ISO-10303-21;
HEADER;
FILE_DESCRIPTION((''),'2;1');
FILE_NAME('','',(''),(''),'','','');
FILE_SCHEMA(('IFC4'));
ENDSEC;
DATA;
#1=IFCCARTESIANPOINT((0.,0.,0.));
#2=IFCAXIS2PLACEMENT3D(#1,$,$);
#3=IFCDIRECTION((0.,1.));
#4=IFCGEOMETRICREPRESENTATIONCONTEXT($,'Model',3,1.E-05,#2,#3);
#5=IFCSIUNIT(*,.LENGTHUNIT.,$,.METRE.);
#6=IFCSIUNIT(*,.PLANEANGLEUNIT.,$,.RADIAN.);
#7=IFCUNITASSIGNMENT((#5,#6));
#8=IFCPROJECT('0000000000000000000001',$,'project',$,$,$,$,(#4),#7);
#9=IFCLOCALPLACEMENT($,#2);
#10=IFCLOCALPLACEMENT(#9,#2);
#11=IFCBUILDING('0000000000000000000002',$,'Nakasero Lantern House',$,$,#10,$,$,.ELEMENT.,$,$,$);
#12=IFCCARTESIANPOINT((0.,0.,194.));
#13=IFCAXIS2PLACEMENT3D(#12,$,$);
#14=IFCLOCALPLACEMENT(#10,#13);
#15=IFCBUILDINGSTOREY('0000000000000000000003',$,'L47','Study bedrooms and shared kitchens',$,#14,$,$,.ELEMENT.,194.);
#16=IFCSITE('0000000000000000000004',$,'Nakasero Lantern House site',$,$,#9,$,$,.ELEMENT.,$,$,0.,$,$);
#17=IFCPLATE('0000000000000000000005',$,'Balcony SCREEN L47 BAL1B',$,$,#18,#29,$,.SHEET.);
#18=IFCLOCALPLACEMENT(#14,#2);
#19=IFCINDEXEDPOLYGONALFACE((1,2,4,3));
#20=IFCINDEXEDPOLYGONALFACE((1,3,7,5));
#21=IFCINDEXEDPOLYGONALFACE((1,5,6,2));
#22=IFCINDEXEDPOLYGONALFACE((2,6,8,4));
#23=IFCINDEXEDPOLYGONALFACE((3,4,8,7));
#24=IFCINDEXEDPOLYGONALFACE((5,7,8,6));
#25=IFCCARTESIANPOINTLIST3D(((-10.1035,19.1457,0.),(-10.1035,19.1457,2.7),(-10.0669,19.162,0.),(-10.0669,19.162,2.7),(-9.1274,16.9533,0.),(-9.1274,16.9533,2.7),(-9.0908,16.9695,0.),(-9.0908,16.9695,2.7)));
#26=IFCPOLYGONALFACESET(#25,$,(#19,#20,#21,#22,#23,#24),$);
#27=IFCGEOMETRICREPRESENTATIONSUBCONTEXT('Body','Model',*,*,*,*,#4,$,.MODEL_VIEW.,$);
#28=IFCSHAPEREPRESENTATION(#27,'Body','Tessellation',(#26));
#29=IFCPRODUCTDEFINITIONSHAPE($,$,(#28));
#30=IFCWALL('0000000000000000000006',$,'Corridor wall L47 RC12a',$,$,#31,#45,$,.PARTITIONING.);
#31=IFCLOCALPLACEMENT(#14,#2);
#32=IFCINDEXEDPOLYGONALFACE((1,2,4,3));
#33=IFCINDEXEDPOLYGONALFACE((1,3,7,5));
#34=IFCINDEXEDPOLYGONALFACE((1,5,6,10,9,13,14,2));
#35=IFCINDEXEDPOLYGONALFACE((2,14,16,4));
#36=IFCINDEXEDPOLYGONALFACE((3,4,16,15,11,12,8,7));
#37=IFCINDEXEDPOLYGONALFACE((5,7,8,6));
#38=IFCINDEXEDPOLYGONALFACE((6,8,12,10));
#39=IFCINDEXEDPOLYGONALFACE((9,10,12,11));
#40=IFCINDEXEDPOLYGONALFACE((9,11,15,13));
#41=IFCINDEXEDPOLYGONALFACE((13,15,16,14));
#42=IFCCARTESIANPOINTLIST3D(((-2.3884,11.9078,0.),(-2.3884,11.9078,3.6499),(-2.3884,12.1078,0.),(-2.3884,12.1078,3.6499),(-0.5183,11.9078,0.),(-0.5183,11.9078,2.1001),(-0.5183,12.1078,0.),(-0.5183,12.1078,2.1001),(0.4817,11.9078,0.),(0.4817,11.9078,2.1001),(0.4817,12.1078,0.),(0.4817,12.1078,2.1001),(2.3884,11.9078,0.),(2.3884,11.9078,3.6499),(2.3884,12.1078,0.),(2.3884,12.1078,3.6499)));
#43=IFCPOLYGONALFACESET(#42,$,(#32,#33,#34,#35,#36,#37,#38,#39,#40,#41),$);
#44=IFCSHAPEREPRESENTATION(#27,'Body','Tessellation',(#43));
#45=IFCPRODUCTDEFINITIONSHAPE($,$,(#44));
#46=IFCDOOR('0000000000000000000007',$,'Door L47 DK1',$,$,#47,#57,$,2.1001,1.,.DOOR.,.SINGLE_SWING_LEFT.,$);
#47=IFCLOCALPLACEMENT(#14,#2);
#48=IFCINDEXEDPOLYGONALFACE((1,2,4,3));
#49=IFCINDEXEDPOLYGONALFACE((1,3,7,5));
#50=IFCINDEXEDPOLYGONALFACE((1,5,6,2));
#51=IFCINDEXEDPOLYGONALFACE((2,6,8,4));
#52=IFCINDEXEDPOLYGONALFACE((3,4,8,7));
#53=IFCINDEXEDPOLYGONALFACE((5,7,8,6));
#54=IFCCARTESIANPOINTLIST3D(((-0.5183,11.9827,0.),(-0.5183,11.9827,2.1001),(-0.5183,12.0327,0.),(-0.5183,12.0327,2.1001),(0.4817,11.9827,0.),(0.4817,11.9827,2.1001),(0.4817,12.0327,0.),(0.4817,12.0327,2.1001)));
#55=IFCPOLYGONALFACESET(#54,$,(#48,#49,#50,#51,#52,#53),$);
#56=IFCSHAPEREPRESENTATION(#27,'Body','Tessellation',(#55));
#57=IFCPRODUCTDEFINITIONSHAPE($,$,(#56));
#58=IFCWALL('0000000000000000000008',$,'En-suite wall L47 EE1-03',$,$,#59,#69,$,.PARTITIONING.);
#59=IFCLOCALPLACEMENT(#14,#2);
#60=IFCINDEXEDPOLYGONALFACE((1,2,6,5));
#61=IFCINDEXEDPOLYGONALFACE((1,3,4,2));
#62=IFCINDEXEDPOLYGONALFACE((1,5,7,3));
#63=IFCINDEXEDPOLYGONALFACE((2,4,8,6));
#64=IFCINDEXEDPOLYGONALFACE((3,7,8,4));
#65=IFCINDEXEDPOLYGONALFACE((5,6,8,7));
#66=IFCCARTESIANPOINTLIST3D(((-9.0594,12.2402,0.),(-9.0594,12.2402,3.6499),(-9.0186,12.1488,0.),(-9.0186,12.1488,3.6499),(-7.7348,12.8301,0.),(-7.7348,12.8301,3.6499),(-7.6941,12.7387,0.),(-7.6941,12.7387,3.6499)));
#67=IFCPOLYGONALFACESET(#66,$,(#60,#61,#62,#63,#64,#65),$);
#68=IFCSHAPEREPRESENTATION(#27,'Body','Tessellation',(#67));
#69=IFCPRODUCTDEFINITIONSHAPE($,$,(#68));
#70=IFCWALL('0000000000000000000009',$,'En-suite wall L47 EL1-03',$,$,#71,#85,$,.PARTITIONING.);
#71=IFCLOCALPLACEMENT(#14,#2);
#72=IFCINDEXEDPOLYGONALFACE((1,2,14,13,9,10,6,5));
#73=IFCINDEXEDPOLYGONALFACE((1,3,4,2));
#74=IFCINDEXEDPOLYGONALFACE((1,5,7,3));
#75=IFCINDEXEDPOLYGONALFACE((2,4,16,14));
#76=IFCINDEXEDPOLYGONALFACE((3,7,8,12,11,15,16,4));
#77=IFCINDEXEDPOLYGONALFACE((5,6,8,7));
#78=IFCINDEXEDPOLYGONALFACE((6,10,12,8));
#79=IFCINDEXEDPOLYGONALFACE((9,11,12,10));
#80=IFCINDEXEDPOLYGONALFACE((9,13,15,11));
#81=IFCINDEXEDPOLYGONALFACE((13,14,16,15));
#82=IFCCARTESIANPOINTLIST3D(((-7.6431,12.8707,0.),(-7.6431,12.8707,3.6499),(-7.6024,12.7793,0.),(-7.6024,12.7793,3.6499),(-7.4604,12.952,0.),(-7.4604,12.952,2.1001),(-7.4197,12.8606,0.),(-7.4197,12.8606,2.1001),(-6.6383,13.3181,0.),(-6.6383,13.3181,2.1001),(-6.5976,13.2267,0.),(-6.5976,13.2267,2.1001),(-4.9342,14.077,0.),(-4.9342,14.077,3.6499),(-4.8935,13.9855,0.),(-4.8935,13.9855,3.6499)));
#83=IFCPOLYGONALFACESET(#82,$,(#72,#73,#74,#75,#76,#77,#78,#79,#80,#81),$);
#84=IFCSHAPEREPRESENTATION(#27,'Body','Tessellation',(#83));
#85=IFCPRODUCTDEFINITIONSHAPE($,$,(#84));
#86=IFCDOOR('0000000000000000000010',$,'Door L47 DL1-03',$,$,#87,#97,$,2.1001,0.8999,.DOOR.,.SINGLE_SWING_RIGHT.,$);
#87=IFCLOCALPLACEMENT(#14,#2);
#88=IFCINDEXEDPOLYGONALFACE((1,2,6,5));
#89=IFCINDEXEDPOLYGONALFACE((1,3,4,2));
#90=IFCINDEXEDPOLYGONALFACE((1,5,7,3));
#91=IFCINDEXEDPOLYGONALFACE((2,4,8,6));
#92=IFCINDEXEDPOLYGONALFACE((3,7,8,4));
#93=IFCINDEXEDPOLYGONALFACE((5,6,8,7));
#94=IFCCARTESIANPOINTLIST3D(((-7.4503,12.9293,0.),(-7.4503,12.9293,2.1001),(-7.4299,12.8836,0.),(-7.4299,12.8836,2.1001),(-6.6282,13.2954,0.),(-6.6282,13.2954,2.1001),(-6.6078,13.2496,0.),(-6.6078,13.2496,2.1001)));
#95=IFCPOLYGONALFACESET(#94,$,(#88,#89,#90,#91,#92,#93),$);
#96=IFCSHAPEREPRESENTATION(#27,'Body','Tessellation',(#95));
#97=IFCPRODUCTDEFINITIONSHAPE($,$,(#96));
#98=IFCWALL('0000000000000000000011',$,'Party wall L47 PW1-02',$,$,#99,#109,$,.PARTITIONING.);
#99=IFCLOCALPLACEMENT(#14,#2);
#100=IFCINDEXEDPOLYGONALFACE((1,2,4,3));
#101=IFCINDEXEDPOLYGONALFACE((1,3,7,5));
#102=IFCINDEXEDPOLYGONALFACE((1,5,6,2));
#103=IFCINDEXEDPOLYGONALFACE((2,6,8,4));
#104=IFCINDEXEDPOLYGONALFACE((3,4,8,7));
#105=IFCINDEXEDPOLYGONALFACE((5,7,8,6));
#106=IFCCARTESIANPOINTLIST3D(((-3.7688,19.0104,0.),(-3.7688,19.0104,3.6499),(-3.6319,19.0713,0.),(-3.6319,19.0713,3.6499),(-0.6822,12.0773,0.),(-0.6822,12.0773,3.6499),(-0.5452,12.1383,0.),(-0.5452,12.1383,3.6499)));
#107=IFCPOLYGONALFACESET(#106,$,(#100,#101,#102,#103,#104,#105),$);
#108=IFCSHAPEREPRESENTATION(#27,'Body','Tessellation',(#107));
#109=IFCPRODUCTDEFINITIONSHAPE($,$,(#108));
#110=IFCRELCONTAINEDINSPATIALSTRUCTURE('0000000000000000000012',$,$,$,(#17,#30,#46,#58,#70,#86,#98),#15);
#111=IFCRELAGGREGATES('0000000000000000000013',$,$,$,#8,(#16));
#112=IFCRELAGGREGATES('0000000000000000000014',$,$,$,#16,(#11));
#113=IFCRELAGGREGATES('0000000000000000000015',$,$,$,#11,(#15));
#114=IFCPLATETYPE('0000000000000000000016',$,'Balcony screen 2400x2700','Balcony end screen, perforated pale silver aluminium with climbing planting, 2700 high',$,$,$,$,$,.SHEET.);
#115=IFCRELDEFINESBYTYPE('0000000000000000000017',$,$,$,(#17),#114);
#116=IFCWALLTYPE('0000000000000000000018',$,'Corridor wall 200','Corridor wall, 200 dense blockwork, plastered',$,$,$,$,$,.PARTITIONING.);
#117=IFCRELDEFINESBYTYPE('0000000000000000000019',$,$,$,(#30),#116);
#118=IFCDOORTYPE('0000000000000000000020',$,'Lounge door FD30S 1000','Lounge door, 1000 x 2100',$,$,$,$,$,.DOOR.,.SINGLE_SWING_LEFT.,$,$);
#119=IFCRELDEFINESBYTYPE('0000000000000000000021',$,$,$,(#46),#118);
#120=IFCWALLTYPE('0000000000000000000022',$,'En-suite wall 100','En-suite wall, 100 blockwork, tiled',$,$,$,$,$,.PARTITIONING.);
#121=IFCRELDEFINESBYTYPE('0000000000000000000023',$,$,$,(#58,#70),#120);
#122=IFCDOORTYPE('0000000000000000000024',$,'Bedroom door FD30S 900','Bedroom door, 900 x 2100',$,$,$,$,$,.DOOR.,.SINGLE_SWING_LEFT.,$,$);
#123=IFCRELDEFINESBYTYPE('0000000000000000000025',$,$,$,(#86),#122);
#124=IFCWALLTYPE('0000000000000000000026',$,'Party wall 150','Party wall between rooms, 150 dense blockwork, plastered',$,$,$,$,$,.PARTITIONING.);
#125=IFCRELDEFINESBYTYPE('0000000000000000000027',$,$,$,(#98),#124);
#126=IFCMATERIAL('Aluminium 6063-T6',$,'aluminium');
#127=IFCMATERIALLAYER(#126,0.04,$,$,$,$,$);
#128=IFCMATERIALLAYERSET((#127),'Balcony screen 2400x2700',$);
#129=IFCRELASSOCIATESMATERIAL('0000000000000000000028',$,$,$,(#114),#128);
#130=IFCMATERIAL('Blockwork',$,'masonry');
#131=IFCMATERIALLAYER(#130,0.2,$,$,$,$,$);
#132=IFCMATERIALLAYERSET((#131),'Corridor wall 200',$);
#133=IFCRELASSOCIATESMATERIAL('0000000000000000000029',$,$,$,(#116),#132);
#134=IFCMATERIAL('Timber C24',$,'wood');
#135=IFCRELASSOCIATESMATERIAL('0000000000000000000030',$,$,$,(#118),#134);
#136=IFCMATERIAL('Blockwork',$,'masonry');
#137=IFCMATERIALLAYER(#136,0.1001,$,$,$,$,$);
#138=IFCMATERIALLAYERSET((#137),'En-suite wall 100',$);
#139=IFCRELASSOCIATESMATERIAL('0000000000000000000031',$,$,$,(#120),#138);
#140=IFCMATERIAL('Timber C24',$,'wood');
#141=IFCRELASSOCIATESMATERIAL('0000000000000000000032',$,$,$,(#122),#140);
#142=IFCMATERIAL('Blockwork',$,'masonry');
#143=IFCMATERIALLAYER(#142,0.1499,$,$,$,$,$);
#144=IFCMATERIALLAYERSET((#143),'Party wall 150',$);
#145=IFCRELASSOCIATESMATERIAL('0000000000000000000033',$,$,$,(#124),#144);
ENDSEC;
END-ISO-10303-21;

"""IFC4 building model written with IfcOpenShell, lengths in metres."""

from ifc_helpers import new_model, si_unit, direction, frame, frame_2d, origin, origin_2d, place, context, subcontext, project, spatial, rectangle, extrude, material, layer, layer_set, type_object, element, fill, save


model = new_model("IFC4")

# Units and contexts
model_context = context("Model", 3, precision=1e-05, world=origin(), true_north=direction((0.0, 1.0)))
body_context = subcontext(model_context, "Body", "Model", "MODEL_VIEW")
ifc_project = project(units=[si_unit("LENGTHUNIT", "METRE"), si_unit("PLANEANGLEUNIT", "RADIAN")], contexts=[model_context])

# Site, building, storey
site_placement = place(None, origin())
site = spatial("IfcSite", under=ifc_project, at=site_placement, Name="Nakasero Lantern House site", CompositionType="ELEMENT", RefElevation=0.0)
building_placement = place(site_placement, origin())
building = spatial("IfcBuilding", under=site, at=building_placement, Name="Nakasero Lantern House", CompositionType="ELEMENT")
storey_placement = place(building_placement, frame((0.0, 0.0, 194.0)))
storey = spatial("IfcBuildingStorey", under=building, at=storey_placement, Name="L47", Description="Study bedrooms and shared kitchens", CompositionType="ELEMENT", Elevation=194.0)

# Plate
ifc_material_1 = material(Name="Aluminium 6063-T6", Category="aluminium")
ifc_layer_1 = layer(ifc_material_1, 0.04)
ifc_layer_set_1 = layer_set([ifc_layer_1], Name="Balcony screen 2400x2700")
plate_type_1 = type_object("IfcPlateType", Name="Balcony screen 2400x2700", Description="Balcony end screen, perforated pale silver aluminium with climbing planting, 2700 high", PredefinedType="SHEET", material=ifc_layer_set_1)
for number, where, z_axis, x_axis, name in (
    (1, (-9.5972, 18.0576, 0.0), (0.0, 0.0, 1.0), (-0.406737, 0.913545, 0.0), "Balcony SCREEN L47 BAL1B"),
):
    element("IfcPlate", number, at=place(storey_placement, frame(where, z_axis=z_axis, x_axis=x_axis)), inside=storey, type_object=plate_type_1, Name=name, PredefinedType="SHEET", context=body_context, shape_type="SweptSolid", body=[
        extrude(rectangle(XDim=2.3999, YDim=0.04, at=origin_2d()), origin(), (0.0, 0.0, 1.0), 2.7),
    ])

# Wall, opening, door
ifc_material_2 = material(Name="Blockwork", Category="masonry")
ifc_layer_2 = layer(ifc_material_2, 0.2)
ifc_layer_set_2 = layer_set([ifc_layer_2], Name="Corridor wall 200")
wall_type_1 = type_object("IfcWallType", Name="Corridor wall 200", Description="Corridor wall, 200 dense blockwork, plastered", PredefinedType="PARTITIONING", material=ifc_layer_set_2)
wall_1_placement = place(storey_placement, frame((-2.3884, 12.0078, 0.0), z_axis=(0.0, 0.0, 1.0), x_axis=(1.0, 0.0, 0.0)))
wall_1 = element("IfcWall", 2, at=wall_1_placement, inside=storey, type_object=wall_type_1, Name="Corridor wall L47 RC12a", PredefinedType="PARTITIONING", context=body_context, shape_type="SweptSolid", body=[
    extrude(rectangle(XDim=4.7769, YDim=0.2, at=frame_2d((2.3884, 0.0))), origin(), (0.0, 0.0, 1.0), 3.6499),
])
opening_1_placement = place(wall_1_placement, frame((1.8701, 0.0, 0.0)))
opening_1 = element("IfcOpeningElement", 3, at=opening_1_placement, cuts=wall_1, PredefinedType="OPENING", context=body_context, shape_type="SweptSolid", body=[
    extrude(rectangle(XDim=1.0, YDim=2.1001, at=frame_2d((0.5, 1.05))), frame((0.0, 0.1199, 0.0), z_axis=(0.0, -1.0, 0.0), x_axis=(1.0, 0.0, 0.0)), (0.0, 0.0, 1.0), 0.24),
])
ifc_material_3 = material(Name="Timber C24", Category="wood")
door_type_1 = type_object("IfcDoorType", Name="Lounge door FD30S 1000", Description="Lounge door, 1000 x 2100", OperationType="SINGLE_SWING_LEFT", PredefinedType="DOOR", material=ifc_material_3)
door_1_placement = place(opening_1_placement, origin())
door_1 = element("IfcDoor", 4, at=door_1_placement, inside=storey, type_object=door_type_1, Name="Door L47 DK1", OperationType="SINGLE_SWING_LEFT", OverallHeight=2.1001, OverallWidth=1.0, PredefinedType="DOOR", context=body_context, shape_type="SweptSolid", body=[
    extrude(rectangle(XDim=1.0, YDim=2.1001, at=frame_2d((0.5, 1.05))), frame((0.0, 0.0249, 0.0), z_axis=(0.0, -1.0, 0.0), x_axis=(1.0, 0.0, 0.0)), (0.0, 0.0, 1.0), 0.05),
])
fill(opening_1, door_1)

# Wall
ifc_material_4 = material(Name="Blockwork", Category="masonry")
ifc_layer_3 = layer(ifc_material_4, 0.1001)
ifc_layer_set_3 = layer_set([ifc_layer_3], Name="En-suite wall 100")
wall_type_2 = type_object("IfcWallType", Name="En-suite wall 100", Description="En-suite wall, 100 blockwork, tiled", PredefinedType="PARTITIONING", material=ifc_layer_set_3)
wall_2_placement = place(storey_placement, frame((-7.7144, 12.7844, 0.0), z_axis=(0.0, 0.0, 1.0), x_axis=(-0.913506, -0.406826, 0.0)))
element("IfcWall", 5, at=wall_2_placement, inside=storey, type_object=wall_type_2, Name="En-suite wall L47 EE1-03", PredefinedType="PARTITIONING", context=body_context, shape_type="SweptSolid", body=[
    extrude(rectangle(XDim=1.45, YDim=0.1001, at=frame_2d((0.7251, 0.0))), origin(), (0.0, 0.0, 1.0), 3.6499),
])

# Wall, opening, door
wall_3_placement = place(storey_placement, frame((-4.9138, 14.0312, 0.0), z_axis=(0.0, 0.0, 1.0), x_axis=(-0.913523, -0.406788, 0.0)))
wall_3 = element("IfcWall", 6, at=wall_3_placement, inside=storey, type_object=wall_type_2, Name="En-suite wall L47 EL1-03", PredefinedType="PARTITIONING", context=body_context, shape_type="SweptSolid", body=[
    extrude(rectangle(XDim=2.9653, YDim=0.1001, at=frame_2d((1.4827, 0.0))), origin(), (0.0, 0.0, 1.0), 3.6499),
])
opening_2_placement = place(wall_3_placement, frame((1.8655, 0.0, 0.0)))
opening_2 = element("IfcOpeningElement", 7, at=opening_2_placement, cuts=wall_3, PredefinedType="OPENING", context=body_context, shape_type="SweptSolid", body=[
    extrude(rectangle(XDim=0.8999, YDim=2.1001, at=frame_2d((0.45, 1.05))), frame((0.0, 0.0701, 0.0), z_axis=(0.0, -1.0, 0.0), x_axis=(1.0, 0.0, 0.0)), (0.0, 0.0, 1.0), 0.1401),
])
ifc_material_5 = material(Name="Timber C24", Category="wood")
door_type_2 = type_object("IfcDoorType", Name="Bedroom door FD30S 900", Description="Bedroom door, 900 x 2100", OperationType="SINGLE_SWING_LEFT", PredefinedType="DOOR", material=ifc_material_5)
door_2_placement = place(opening_2_placement, origin())
door_2 = element("IfcDoor", 8, at=door_2_placement, inside=storey, type_object=door_type_2, Name="Door L47 DL1-03", OperationType="SINGLE_SWING_RIGHT", OverallHeight=2.1001, OverallWidth=0.8999, PredefinedType="DOOR", context=body_context, shape_type="SweptSolid", body=[
    extrude(rectangle(XDim=0.8999, YDim=2.1001, at=frame_2d((0.45, 1.05))), frame((0.0, 0.0249, 0.0), z_axis=(0.0, -1.0, 0.0), x_axis=(1.0, 0.0, 0.0)), (0.0, 0.0, 1.0), 0.05),
])
fill(opening_2, door_2)

# Wall
ifc_material_6 = material(Name="Blockwork", Category="masonry")
ifc_layer_4 = layer(ifc_material_6, 0.1499)
ifc_layer_set_4 = layer_set([ifc_layer_4], Name="Party wall 150")
wall_type_3 = type_object("IfcWallType", Name="Party wall 150", Description="Party wall between rooms, 150 dense blockwork, plastered", PredefinedType="PARTITIONING", material=ifc_layer_set_4)
wall_4_placement = place(storey_placement, frame((-0.6138, 12.1079, 0.0), z_axis=(0.0, 0.0, 1.0), x_axis=(-0.40672, 0.913553, 0.0)))
element("IfcWall", 9, at=wall_4_placement, inside=storey, type_object=wall_type_3, Name="Party wall L47 PW1-02", PredefinedType="PARTITIONING", context=body_context, shape_type="SweptSolid", body=[
    extrude(rectangle(XDim=7.5891, YDim=0.1499, at=frame_2d((3.7944, 0.0))), origin(), (0.0, 0.0, 1.0), 3.6499),
])

save(model, "model.ifc")
